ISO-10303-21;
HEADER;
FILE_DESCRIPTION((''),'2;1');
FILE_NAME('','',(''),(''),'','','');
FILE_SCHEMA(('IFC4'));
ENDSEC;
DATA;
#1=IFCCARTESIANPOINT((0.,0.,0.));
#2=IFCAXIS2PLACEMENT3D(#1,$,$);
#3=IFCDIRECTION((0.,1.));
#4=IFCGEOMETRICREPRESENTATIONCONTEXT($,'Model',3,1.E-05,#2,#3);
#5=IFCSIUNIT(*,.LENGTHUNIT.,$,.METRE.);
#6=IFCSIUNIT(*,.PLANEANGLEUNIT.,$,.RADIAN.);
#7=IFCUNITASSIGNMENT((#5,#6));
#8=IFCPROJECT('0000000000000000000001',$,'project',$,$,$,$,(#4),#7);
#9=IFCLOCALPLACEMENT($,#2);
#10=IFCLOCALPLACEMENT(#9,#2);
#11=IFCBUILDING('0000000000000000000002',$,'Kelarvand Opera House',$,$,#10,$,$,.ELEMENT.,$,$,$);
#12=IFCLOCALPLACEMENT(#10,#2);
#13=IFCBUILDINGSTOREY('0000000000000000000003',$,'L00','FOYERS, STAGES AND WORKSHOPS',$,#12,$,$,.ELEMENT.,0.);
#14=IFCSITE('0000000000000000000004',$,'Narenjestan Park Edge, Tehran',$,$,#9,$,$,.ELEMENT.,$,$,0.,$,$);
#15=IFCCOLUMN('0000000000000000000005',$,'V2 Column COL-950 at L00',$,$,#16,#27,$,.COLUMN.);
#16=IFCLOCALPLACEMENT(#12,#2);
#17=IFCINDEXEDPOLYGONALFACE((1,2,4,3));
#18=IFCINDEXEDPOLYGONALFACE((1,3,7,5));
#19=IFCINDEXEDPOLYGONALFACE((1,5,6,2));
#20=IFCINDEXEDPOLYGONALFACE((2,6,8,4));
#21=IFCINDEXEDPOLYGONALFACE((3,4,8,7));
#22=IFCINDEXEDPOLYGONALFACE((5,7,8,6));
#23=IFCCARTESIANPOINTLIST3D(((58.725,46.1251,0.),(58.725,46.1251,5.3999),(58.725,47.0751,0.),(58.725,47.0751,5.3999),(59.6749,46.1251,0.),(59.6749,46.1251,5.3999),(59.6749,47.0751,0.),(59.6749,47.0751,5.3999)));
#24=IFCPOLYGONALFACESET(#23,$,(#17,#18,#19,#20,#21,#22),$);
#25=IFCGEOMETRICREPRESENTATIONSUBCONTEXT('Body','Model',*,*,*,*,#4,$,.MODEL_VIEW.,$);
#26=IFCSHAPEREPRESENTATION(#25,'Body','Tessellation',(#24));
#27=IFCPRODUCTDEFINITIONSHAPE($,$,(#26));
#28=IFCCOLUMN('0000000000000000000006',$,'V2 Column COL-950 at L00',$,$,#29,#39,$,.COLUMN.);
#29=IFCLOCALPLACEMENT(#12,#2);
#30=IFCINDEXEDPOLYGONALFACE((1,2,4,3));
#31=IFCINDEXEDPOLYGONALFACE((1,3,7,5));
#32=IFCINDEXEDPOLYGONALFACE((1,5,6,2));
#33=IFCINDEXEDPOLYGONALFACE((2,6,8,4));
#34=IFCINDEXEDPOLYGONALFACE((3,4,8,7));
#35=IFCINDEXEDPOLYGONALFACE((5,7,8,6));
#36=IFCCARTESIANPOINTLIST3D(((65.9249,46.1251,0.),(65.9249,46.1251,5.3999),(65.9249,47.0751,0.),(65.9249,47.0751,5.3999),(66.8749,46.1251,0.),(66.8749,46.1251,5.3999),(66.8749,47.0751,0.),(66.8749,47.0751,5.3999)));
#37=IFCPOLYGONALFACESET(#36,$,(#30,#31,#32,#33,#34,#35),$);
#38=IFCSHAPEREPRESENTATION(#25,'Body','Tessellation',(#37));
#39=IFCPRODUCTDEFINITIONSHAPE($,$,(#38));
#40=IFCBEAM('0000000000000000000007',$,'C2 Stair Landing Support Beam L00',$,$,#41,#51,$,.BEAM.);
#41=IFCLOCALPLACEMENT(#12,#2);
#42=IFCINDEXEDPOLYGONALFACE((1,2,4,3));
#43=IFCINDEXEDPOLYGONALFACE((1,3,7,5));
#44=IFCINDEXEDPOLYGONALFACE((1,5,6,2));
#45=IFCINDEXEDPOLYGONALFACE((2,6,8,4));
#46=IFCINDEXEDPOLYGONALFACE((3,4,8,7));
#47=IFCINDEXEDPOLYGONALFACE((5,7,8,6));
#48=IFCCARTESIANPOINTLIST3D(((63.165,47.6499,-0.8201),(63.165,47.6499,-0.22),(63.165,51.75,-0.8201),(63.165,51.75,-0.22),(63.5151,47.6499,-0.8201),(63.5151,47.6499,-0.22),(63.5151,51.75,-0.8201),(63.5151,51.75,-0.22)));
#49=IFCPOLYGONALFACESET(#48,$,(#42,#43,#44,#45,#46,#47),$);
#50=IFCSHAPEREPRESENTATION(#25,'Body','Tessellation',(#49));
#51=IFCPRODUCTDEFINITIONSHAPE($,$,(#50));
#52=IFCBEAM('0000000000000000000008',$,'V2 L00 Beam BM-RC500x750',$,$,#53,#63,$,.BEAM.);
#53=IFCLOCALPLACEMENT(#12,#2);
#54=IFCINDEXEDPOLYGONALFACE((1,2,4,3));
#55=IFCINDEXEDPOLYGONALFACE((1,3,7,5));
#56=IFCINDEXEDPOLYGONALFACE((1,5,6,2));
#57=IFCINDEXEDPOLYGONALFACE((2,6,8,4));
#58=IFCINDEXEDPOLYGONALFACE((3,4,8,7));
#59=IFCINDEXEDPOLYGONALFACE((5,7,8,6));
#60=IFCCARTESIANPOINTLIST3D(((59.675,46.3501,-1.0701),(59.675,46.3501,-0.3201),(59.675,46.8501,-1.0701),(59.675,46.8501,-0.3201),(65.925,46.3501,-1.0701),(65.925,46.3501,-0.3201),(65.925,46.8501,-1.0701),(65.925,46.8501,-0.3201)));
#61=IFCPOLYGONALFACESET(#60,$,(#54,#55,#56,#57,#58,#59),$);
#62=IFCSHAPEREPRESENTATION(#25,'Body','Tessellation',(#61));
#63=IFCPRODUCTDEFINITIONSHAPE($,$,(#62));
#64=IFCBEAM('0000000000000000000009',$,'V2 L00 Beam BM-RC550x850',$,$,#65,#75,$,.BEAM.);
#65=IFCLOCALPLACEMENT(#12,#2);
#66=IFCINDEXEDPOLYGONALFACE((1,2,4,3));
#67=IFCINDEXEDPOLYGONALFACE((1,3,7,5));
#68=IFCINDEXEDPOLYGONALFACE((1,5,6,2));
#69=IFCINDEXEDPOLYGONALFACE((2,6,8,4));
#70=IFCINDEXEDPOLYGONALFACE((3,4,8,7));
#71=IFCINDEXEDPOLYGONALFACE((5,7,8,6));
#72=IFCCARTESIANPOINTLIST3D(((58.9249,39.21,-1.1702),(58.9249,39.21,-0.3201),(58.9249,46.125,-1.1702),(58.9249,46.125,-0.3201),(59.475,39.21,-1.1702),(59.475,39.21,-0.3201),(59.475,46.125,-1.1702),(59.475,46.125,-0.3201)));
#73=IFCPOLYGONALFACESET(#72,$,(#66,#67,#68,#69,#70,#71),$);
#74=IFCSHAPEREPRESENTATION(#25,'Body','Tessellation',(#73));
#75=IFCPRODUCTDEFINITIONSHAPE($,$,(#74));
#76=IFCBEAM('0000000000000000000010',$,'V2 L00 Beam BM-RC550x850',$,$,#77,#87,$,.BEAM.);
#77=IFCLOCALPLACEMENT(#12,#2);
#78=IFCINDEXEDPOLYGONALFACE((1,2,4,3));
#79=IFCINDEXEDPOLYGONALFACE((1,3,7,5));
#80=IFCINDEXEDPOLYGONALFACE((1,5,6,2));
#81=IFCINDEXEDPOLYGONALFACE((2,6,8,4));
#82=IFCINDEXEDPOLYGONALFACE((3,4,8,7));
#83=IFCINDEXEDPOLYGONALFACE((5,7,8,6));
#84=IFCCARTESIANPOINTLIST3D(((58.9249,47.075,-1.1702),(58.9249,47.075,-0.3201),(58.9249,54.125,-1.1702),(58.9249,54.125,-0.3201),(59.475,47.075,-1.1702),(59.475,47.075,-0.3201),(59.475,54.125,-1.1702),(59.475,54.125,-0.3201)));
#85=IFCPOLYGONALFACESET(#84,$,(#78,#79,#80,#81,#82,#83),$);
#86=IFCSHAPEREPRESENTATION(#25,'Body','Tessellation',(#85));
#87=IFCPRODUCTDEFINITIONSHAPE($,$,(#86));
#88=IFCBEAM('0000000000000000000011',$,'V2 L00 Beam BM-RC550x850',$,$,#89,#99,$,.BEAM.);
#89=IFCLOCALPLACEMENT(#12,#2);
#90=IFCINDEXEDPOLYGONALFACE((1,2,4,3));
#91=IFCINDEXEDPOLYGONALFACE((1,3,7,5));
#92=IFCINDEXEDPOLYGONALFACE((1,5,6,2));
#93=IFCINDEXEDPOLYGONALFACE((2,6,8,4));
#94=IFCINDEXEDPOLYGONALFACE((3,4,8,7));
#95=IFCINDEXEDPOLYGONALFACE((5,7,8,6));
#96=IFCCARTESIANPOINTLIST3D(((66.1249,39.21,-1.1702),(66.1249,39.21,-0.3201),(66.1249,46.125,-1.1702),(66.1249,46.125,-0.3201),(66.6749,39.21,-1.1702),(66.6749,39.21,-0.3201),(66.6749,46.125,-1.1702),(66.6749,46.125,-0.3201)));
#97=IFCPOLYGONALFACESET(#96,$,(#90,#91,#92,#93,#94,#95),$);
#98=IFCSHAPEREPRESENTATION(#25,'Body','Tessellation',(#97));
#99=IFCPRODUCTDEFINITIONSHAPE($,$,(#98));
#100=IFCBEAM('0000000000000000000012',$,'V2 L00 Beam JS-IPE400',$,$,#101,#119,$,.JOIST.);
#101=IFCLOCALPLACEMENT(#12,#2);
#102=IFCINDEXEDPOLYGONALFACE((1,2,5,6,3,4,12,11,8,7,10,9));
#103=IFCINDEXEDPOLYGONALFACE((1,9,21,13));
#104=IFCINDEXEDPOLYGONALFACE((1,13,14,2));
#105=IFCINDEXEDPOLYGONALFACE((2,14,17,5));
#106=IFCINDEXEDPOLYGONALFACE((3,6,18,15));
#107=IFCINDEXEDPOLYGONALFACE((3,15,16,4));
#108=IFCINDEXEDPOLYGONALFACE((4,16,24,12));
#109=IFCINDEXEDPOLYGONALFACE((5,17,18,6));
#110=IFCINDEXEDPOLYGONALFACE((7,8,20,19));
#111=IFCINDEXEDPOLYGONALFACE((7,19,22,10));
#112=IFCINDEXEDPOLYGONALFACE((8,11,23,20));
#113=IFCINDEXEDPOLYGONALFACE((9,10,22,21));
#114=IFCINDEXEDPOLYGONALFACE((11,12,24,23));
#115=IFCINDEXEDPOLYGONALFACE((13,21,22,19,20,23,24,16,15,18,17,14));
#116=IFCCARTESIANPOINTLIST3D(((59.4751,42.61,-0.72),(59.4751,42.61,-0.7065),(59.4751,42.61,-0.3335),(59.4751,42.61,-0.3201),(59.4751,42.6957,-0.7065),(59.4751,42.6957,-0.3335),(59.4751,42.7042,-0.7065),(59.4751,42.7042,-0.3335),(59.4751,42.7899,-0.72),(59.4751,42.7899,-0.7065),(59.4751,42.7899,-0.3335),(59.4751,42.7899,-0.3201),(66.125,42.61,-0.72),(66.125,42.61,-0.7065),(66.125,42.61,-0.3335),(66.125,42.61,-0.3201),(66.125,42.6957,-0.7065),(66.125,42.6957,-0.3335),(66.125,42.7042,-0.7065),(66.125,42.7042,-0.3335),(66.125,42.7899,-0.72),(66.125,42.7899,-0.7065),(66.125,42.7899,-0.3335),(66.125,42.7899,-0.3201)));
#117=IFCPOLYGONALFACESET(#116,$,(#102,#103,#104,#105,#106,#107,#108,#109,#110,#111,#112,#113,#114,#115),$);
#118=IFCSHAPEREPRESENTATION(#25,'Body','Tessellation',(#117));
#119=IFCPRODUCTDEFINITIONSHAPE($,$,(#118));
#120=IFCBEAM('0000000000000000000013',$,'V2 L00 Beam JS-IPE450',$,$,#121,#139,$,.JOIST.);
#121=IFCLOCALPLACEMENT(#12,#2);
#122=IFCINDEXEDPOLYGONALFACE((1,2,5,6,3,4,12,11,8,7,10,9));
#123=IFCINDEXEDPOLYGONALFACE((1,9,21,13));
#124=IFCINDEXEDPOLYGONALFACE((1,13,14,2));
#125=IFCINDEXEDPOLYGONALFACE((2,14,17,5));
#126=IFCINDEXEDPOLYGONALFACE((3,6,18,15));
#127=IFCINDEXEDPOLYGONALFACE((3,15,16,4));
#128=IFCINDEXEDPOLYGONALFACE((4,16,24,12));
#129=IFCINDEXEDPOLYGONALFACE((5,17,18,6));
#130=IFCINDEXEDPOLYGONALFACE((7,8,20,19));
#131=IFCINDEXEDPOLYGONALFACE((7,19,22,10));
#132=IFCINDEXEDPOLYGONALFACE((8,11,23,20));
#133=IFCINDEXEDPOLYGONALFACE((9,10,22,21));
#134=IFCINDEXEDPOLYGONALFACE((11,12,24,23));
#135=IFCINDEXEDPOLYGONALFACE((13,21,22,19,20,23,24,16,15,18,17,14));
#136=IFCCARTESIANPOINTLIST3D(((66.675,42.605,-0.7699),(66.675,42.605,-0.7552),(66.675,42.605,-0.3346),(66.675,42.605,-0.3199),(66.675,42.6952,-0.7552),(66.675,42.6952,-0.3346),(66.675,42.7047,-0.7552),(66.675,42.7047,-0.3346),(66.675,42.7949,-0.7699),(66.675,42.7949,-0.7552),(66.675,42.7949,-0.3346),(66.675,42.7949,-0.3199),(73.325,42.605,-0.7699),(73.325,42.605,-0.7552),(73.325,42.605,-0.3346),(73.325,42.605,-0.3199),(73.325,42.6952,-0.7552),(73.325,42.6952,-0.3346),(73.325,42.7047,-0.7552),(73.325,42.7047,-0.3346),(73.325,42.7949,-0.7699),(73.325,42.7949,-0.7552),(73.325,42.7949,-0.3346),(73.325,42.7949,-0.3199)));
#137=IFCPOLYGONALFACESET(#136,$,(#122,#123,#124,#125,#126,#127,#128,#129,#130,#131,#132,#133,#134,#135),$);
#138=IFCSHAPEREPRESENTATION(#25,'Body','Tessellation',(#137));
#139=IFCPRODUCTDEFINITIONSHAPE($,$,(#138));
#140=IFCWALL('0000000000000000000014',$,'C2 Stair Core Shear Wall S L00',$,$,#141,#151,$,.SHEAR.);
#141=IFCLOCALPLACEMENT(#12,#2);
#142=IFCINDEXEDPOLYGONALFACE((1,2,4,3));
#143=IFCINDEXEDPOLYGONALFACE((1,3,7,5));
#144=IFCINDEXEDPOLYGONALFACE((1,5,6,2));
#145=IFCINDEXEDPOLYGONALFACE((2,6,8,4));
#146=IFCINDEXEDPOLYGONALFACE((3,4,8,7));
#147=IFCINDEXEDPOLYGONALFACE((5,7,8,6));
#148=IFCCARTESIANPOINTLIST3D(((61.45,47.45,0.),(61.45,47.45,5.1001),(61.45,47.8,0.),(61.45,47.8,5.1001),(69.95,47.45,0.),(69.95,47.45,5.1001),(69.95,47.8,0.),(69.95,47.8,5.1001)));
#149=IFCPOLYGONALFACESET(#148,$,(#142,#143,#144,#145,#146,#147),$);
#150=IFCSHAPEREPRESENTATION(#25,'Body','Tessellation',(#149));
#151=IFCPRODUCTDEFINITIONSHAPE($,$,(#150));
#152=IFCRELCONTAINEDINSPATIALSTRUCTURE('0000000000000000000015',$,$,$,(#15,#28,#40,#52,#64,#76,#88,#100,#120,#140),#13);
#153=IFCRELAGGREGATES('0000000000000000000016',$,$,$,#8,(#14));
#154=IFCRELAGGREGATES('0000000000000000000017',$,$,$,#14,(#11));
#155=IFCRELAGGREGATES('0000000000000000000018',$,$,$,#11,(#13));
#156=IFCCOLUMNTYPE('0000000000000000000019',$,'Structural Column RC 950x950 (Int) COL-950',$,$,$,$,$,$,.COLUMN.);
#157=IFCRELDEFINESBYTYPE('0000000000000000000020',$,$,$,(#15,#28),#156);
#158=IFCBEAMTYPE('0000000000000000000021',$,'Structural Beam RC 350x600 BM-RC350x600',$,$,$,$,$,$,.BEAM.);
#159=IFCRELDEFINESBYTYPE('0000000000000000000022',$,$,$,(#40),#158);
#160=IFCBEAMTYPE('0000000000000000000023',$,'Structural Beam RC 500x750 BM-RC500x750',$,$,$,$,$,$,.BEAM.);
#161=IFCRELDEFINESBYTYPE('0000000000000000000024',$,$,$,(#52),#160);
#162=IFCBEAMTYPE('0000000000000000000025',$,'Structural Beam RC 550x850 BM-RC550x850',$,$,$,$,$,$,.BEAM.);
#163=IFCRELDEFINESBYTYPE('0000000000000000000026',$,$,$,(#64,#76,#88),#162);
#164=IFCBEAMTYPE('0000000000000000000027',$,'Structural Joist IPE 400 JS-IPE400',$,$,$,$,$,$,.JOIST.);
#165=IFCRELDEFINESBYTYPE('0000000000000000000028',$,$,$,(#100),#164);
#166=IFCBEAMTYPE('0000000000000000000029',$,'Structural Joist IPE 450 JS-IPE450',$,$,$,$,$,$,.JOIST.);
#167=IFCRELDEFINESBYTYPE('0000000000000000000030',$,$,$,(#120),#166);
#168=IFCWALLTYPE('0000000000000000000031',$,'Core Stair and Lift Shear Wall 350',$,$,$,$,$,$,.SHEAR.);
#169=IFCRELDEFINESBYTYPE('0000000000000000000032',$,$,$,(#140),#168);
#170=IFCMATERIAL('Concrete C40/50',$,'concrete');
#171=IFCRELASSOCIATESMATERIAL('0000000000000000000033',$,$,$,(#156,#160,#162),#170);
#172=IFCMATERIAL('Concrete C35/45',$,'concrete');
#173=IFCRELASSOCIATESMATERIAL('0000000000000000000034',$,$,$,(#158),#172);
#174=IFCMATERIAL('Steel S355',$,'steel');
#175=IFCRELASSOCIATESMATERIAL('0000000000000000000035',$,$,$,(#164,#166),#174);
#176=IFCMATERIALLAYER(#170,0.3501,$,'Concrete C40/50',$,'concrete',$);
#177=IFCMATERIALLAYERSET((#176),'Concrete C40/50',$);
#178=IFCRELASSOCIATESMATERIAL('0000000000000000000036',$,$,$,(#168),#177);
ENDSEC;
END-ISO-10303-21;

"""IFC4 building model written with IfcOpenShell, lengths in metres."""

from ifc_helpers import new_model, si_unit, direction, frame, frame_2d, origin, origin_2d, place, context, subcontext, project, spatial, rectangle, i_section, extrude, material, layer, layer_set, material_profile, profile_set, type_object, element, save


model = new_model("IFC4")

# Units and contexts
model_context = context("Model", 3, precision=1e-05, world=origin(), true_north=direction((0.0, 1.0)))
body_context = subcontext(model_context, "Body", "Model", "MODEL_VIEW")
ifc_project = project(units=[si_unit("LENGTHUNIT", "METRE"), si_unit("PLANEANGLEUNIT", "RADIAN")], contexts=[model_context])

# Site, building, storey
site_placement = place(None, origin())
site = spatial("IfcSite", under=ifc_project, at=site_placement, Name="Narenjestan Park Edge, Tehran", CompositionType="ELEMENT", RefElevation=0.0)
building_placement = place(site_placement, origin())
building = spatial("IfcBuilding", under=site, at=building_placement, Name="Kelarvand Opera House", CompositionType="ELEMENT")
storey_placement = place(building_placement, origin())
storey = spatial("IfcBuildingStorey", under=building, at=storey_placement, Name="L00", Description="FOYERS, STAGES AND WORKSHOPS", CompositionType="ELEMENT", Elevation=0.0)

# Columns
ifc_material_1 = material(Name="Concrete C40/50", Category="concrete")
ifc_material_profile_1 = material_profile(ifc_material_1, rectangle(XDim=0.95, YDim=0.95, at=origin_2d()), Name="RC 950x950", Category="concrete")
ifc_profile_set_1 = profile_set([ifc_material_profile_1], Name="Concrete C40/50")
column_type = type_object("IfcColumnType", Name="Structural Column RC 950x950 (Int) COL-950", PredefinedType="COLUMN", material=ifc_profile_set_1)
for number, where, z_axis, x_axis, name in (
    (1, (59.2, 46.6001, 0.0), (0.0, 0.0, 1.0), (1.0, 0.0, 0.0), "V2 Column COL-950 at L00"),
    (2, (66.3999, 46.6001, 0.0), (0.0, 0.0, 1.0), (1.0, 0.0, 0.0), "V2 Column COL-950 at L00"),
):
    element("IfcColumn", number, at=place(storey_placement, frame(where, z_axis=z_axis, x_axis=x_axis)), inside=storey, type_object=column_type, Name=name, PredefinedType="COLUMN", context=body_context, shape_type="SweptSolid", body=[
        extrude(rectangle(XDim=0.95, YDim=0.95, at=origin_2d()), origin(), (0.0, 0.0, 1.0), 5.3999),
    ])

# Beams
ifc_material_2 = material(Name="Concrete C35/45", Category="concrete")
ifc_material_profile_2 = material_profile(ifc_material_2, rectangle(XDim=0.3501, YDim=0.6001, at=origin_2d()), Name="RC 350x600", Category="concrete")
ifc_profile_set_2 = profile_set([ifc_material_profile_2], Name="Concrete C35/45")
beam_type_1 = type_object("IfcBeamType", Name="Structural Beam RC 350x600 BM-RC350x600", PredefinedType="BEAM", material=ifc_profile_set_2)
beam_1_placement = place(storey_placement, frame((63.3401, 47.6499, -0.52), z_axis=(0.0, 1.0, 0.0), x_axis=(-1.0, 0.0, 0.0)))
element("IfcBeam", 3, at=beam_1_placement, inside=storey, type_object=beam_type_1, Name="C2 Stair Landing Support Beam L00", PredefinedType="BEAM", context=body_context, shape_type="SweptSolid", body=[
    extrude(rectangle(XDim=0.3501, YDim=0.6001, at=origin_2d()), origin(), (0.0, 0.0, 1.0), 4.1001),
])
ifc_material_profile_3 = material_profile(ifc_material_1, rectangle(XDim=0.5, YDim=0.75, at=origin_2d()), Name="RC 500x750", Category="concrete")
ifc_profile_set_3 = profile_set([ifc_material_profile_3], Name="Concrete C40/50")
beam_type_2 = type_object("IfcBeamType", Name="Structural Beam RC 500x750 BM-RC500x750", PredefinedType="BEAM", material=ifc_profile_set_3)
beam_2_placement = place(storey_placement, frame((59.675, 46.6001, -0.6951), z_axis=(1.0, 0.0, 0.0), x_axis=(0.0, 1.0, 0.0)))
element("IfcBeam", 4, at=beam_2_placement, inside=storey, type_object=beam_type_2, Name="V2 L00 Beam BM-RC500x750", PredefinedType="BEAM", context=body_context, shape_type="SweptSolid", body=[
    extrude(rectangle(XDim=0.5, YDim=0.75, at=origin_2d()), origin(), (0.0, 0.0, 1.0), 6.25),
])
ifc_material_profile_4 = material_profile(ifc_material_1, rectangle(XDim=0.55, YDim=0.8501, at=origin_2d()), Name="RC 550x850", Category="concrete")
ifc_profile_set_4 = profile_set([ifc_material_profile_4], Name="Concrete C40/50")
beam_type_3 = type_object("IfcBeamType", Name="Structural Beam RC 550x850 BM-RC550x850", PredefinedType="BEAM", material=ifc_profile_set_4)
beam_3_placement = place(storey_placement, frame((59.2, 39.21, -0.7451), z_axis=(0.0, 1.0, 0.0), x_axis=(-1.0, 0.0, 0.0)))
element("IfcBeam", 5, at=beam_3_placement, inside=storey, type_object=beam_type_3, Name="V2 L00 Beam BM-RC550x850", PredefinedType="BEAM", context=body_context, shape_type="SweptSolid", body=[
    extrude(rectangle(XDim=0.55, YDim=0.8501, at=origin_2d()), origin(), (0.0, 0.0, 1.0), 6.915),
])
beam_4_placement = place(storey_placement, frame((59.2, 47.075, -0.7451), z_axis=(0.0, 1.0, 0.0), x_axis=(-1.0, 0.0, 0.0)))
element("IfcBeam", 6, at=beam_4_placement, inside=storey, type_object=beam_type_3, Name="V2 L00 Beam BM-RC550x850", PredefinedType="BEAM", context=body_context, shape_type="SweptSolid", body=[
    extrude(rectangle(XDim=0.55, YDim=0.8501, at=origin_2d()), origin(), (0.0, 0.0, 1.0), 7.05),
])
beam_5_placement = place(storey_placement, frame((66.3999, 39.21, -0.7451), z_axis=(0.0, 1.0, 0.0), x_axis=(-1.0, 0.0, 0.0)))
element("IfcBeam", 7, at=beam_5_placement, inside=storey, type_object=beam_type_3, Name="V2 L00 Beam BM-RC550x850", PredefinedType="BEAM", context=body_context, shape_type="SweptSolid", body=[
    extrude(rectangle(XDim=0.55, YDim=0.8501, at=origin_2d()), origin(), (0.0, 0.0, 1.0), 6.915),
])
ifc_material_3 = material(Name="Steel S355", Category="steel")
ifc_material_profile_5 = material_profile(ifc_material_3, i_section(OverallWidth=0.1799, OverallDepth=0.3999, WebThickness=0.0085, FlangeThickness=0.0134, at=origin_2d()), Name="IPE 400", Category="steel")
ifc_profile_set_5 = profile_set([ifc_material_profile_5], Name="Steel S355")
beam_type_4 = type_object("IfcBeamType", Name="Structural Joist IPE 400 JS-IPE400", PredefinedType="JOIST", material=ifc_profile_set_5)
beam_6_placement = place(storey_placement, frame((59.4751, 42.7, -0.52), z_axis=(1.0, 0.0, 0.0), x_axis=(0.0, 1.0, 0.0)))
element("IfcBeam", 8, at=beam_6_placement, inside=storey, type_object=beam_type_4, Name="V2 L00 Beam JS-IPE400", PredefinedType="JOIST", context=body_context, shape_type="SweptSolid", body=[
    extrude(i_section(OverallWidth=0.1799, OverallDepth=0.3999, WebThickness=0.0085, FlangeThickness=0.0134, at=origin_2d()), origin(), (0.0, 0.0, 1.0), 6.6499),
])
ifc_material_profile_6 = material_profile(ifc_material_3, i_section(OverallWidth=0.1899, OverallDepth=0.45, WebThickness=0.0095, FlangeThickness=0.0146, at=origin_2d()), Name="IPE 450", Category="steel")
ifc_profile_set_6 = profile_set([ifc_material_profile_6], Name="Steel S355")
beam_type_5 = type_object("IfcBeamType", Name="Structural Joist IPE 450 JS-IPE450", PredefinedType="JOIST", material=ifc_profile_set_6)
beam_7_placement = place(storey_placement, frame((66.675, 42.7, -0.5449), z_axis=(1.0, 0.0, 0.0), x_axis=(0.0, 1.0, 0.0)))
element("IfcBeam", 9, at=beam_7_placement, inside=storey, type_object=beam_type_5, Name="V2 L00 Beam JS-IPE450", PredefinedType="JOIST", context=body_context, shape_type="SweptSolid", body=[
    extrude(i_section(OverallWidth=0.1899, OverallDepth=0.45, WebThickness=0.0095, FlangeThickness=0.0146, at=origin_2d()), origin(), (0.0, 0.0, 1.0), 6.6499),
])

# Wall
ifc_layer_1 = layer(ifc_material_1, 0.3501, Name="Concrete C40/50", Category="concrete")
ifc_layer_set_1 = layer_set([ifc_layer_1], Name="Concrete C40/50")
wall_type_1 = type_object("IfcWallType", Name="Core Stair and Lift Shear Wall 350", PredefinedType="SHEAR", material=ifc_layer_set_1)
wall_1_placement = place(storey_placement, frame((61.45, 47.625, 0.0), z_axis=(0.0, 0.0, 1.0), x_axis=(1.0, 0.0, 0.0)))
element("IfcWall", 10, at=wall_1_placement, inside=storey, type_object=wall_type_1, Name="C2 Stair Core Shear Wall S L00", PredefinedType="SHEAR", context=body_context, shape_type="SweptSolid", body=[
    extrude(rectangle(XDim=8.5, YDim=0.3501, at=frame_2d((4.25, 0.0))), origin(), (0.0, 0.0, 1.0), 5.1001),
])

save(model, "model.ifc")
